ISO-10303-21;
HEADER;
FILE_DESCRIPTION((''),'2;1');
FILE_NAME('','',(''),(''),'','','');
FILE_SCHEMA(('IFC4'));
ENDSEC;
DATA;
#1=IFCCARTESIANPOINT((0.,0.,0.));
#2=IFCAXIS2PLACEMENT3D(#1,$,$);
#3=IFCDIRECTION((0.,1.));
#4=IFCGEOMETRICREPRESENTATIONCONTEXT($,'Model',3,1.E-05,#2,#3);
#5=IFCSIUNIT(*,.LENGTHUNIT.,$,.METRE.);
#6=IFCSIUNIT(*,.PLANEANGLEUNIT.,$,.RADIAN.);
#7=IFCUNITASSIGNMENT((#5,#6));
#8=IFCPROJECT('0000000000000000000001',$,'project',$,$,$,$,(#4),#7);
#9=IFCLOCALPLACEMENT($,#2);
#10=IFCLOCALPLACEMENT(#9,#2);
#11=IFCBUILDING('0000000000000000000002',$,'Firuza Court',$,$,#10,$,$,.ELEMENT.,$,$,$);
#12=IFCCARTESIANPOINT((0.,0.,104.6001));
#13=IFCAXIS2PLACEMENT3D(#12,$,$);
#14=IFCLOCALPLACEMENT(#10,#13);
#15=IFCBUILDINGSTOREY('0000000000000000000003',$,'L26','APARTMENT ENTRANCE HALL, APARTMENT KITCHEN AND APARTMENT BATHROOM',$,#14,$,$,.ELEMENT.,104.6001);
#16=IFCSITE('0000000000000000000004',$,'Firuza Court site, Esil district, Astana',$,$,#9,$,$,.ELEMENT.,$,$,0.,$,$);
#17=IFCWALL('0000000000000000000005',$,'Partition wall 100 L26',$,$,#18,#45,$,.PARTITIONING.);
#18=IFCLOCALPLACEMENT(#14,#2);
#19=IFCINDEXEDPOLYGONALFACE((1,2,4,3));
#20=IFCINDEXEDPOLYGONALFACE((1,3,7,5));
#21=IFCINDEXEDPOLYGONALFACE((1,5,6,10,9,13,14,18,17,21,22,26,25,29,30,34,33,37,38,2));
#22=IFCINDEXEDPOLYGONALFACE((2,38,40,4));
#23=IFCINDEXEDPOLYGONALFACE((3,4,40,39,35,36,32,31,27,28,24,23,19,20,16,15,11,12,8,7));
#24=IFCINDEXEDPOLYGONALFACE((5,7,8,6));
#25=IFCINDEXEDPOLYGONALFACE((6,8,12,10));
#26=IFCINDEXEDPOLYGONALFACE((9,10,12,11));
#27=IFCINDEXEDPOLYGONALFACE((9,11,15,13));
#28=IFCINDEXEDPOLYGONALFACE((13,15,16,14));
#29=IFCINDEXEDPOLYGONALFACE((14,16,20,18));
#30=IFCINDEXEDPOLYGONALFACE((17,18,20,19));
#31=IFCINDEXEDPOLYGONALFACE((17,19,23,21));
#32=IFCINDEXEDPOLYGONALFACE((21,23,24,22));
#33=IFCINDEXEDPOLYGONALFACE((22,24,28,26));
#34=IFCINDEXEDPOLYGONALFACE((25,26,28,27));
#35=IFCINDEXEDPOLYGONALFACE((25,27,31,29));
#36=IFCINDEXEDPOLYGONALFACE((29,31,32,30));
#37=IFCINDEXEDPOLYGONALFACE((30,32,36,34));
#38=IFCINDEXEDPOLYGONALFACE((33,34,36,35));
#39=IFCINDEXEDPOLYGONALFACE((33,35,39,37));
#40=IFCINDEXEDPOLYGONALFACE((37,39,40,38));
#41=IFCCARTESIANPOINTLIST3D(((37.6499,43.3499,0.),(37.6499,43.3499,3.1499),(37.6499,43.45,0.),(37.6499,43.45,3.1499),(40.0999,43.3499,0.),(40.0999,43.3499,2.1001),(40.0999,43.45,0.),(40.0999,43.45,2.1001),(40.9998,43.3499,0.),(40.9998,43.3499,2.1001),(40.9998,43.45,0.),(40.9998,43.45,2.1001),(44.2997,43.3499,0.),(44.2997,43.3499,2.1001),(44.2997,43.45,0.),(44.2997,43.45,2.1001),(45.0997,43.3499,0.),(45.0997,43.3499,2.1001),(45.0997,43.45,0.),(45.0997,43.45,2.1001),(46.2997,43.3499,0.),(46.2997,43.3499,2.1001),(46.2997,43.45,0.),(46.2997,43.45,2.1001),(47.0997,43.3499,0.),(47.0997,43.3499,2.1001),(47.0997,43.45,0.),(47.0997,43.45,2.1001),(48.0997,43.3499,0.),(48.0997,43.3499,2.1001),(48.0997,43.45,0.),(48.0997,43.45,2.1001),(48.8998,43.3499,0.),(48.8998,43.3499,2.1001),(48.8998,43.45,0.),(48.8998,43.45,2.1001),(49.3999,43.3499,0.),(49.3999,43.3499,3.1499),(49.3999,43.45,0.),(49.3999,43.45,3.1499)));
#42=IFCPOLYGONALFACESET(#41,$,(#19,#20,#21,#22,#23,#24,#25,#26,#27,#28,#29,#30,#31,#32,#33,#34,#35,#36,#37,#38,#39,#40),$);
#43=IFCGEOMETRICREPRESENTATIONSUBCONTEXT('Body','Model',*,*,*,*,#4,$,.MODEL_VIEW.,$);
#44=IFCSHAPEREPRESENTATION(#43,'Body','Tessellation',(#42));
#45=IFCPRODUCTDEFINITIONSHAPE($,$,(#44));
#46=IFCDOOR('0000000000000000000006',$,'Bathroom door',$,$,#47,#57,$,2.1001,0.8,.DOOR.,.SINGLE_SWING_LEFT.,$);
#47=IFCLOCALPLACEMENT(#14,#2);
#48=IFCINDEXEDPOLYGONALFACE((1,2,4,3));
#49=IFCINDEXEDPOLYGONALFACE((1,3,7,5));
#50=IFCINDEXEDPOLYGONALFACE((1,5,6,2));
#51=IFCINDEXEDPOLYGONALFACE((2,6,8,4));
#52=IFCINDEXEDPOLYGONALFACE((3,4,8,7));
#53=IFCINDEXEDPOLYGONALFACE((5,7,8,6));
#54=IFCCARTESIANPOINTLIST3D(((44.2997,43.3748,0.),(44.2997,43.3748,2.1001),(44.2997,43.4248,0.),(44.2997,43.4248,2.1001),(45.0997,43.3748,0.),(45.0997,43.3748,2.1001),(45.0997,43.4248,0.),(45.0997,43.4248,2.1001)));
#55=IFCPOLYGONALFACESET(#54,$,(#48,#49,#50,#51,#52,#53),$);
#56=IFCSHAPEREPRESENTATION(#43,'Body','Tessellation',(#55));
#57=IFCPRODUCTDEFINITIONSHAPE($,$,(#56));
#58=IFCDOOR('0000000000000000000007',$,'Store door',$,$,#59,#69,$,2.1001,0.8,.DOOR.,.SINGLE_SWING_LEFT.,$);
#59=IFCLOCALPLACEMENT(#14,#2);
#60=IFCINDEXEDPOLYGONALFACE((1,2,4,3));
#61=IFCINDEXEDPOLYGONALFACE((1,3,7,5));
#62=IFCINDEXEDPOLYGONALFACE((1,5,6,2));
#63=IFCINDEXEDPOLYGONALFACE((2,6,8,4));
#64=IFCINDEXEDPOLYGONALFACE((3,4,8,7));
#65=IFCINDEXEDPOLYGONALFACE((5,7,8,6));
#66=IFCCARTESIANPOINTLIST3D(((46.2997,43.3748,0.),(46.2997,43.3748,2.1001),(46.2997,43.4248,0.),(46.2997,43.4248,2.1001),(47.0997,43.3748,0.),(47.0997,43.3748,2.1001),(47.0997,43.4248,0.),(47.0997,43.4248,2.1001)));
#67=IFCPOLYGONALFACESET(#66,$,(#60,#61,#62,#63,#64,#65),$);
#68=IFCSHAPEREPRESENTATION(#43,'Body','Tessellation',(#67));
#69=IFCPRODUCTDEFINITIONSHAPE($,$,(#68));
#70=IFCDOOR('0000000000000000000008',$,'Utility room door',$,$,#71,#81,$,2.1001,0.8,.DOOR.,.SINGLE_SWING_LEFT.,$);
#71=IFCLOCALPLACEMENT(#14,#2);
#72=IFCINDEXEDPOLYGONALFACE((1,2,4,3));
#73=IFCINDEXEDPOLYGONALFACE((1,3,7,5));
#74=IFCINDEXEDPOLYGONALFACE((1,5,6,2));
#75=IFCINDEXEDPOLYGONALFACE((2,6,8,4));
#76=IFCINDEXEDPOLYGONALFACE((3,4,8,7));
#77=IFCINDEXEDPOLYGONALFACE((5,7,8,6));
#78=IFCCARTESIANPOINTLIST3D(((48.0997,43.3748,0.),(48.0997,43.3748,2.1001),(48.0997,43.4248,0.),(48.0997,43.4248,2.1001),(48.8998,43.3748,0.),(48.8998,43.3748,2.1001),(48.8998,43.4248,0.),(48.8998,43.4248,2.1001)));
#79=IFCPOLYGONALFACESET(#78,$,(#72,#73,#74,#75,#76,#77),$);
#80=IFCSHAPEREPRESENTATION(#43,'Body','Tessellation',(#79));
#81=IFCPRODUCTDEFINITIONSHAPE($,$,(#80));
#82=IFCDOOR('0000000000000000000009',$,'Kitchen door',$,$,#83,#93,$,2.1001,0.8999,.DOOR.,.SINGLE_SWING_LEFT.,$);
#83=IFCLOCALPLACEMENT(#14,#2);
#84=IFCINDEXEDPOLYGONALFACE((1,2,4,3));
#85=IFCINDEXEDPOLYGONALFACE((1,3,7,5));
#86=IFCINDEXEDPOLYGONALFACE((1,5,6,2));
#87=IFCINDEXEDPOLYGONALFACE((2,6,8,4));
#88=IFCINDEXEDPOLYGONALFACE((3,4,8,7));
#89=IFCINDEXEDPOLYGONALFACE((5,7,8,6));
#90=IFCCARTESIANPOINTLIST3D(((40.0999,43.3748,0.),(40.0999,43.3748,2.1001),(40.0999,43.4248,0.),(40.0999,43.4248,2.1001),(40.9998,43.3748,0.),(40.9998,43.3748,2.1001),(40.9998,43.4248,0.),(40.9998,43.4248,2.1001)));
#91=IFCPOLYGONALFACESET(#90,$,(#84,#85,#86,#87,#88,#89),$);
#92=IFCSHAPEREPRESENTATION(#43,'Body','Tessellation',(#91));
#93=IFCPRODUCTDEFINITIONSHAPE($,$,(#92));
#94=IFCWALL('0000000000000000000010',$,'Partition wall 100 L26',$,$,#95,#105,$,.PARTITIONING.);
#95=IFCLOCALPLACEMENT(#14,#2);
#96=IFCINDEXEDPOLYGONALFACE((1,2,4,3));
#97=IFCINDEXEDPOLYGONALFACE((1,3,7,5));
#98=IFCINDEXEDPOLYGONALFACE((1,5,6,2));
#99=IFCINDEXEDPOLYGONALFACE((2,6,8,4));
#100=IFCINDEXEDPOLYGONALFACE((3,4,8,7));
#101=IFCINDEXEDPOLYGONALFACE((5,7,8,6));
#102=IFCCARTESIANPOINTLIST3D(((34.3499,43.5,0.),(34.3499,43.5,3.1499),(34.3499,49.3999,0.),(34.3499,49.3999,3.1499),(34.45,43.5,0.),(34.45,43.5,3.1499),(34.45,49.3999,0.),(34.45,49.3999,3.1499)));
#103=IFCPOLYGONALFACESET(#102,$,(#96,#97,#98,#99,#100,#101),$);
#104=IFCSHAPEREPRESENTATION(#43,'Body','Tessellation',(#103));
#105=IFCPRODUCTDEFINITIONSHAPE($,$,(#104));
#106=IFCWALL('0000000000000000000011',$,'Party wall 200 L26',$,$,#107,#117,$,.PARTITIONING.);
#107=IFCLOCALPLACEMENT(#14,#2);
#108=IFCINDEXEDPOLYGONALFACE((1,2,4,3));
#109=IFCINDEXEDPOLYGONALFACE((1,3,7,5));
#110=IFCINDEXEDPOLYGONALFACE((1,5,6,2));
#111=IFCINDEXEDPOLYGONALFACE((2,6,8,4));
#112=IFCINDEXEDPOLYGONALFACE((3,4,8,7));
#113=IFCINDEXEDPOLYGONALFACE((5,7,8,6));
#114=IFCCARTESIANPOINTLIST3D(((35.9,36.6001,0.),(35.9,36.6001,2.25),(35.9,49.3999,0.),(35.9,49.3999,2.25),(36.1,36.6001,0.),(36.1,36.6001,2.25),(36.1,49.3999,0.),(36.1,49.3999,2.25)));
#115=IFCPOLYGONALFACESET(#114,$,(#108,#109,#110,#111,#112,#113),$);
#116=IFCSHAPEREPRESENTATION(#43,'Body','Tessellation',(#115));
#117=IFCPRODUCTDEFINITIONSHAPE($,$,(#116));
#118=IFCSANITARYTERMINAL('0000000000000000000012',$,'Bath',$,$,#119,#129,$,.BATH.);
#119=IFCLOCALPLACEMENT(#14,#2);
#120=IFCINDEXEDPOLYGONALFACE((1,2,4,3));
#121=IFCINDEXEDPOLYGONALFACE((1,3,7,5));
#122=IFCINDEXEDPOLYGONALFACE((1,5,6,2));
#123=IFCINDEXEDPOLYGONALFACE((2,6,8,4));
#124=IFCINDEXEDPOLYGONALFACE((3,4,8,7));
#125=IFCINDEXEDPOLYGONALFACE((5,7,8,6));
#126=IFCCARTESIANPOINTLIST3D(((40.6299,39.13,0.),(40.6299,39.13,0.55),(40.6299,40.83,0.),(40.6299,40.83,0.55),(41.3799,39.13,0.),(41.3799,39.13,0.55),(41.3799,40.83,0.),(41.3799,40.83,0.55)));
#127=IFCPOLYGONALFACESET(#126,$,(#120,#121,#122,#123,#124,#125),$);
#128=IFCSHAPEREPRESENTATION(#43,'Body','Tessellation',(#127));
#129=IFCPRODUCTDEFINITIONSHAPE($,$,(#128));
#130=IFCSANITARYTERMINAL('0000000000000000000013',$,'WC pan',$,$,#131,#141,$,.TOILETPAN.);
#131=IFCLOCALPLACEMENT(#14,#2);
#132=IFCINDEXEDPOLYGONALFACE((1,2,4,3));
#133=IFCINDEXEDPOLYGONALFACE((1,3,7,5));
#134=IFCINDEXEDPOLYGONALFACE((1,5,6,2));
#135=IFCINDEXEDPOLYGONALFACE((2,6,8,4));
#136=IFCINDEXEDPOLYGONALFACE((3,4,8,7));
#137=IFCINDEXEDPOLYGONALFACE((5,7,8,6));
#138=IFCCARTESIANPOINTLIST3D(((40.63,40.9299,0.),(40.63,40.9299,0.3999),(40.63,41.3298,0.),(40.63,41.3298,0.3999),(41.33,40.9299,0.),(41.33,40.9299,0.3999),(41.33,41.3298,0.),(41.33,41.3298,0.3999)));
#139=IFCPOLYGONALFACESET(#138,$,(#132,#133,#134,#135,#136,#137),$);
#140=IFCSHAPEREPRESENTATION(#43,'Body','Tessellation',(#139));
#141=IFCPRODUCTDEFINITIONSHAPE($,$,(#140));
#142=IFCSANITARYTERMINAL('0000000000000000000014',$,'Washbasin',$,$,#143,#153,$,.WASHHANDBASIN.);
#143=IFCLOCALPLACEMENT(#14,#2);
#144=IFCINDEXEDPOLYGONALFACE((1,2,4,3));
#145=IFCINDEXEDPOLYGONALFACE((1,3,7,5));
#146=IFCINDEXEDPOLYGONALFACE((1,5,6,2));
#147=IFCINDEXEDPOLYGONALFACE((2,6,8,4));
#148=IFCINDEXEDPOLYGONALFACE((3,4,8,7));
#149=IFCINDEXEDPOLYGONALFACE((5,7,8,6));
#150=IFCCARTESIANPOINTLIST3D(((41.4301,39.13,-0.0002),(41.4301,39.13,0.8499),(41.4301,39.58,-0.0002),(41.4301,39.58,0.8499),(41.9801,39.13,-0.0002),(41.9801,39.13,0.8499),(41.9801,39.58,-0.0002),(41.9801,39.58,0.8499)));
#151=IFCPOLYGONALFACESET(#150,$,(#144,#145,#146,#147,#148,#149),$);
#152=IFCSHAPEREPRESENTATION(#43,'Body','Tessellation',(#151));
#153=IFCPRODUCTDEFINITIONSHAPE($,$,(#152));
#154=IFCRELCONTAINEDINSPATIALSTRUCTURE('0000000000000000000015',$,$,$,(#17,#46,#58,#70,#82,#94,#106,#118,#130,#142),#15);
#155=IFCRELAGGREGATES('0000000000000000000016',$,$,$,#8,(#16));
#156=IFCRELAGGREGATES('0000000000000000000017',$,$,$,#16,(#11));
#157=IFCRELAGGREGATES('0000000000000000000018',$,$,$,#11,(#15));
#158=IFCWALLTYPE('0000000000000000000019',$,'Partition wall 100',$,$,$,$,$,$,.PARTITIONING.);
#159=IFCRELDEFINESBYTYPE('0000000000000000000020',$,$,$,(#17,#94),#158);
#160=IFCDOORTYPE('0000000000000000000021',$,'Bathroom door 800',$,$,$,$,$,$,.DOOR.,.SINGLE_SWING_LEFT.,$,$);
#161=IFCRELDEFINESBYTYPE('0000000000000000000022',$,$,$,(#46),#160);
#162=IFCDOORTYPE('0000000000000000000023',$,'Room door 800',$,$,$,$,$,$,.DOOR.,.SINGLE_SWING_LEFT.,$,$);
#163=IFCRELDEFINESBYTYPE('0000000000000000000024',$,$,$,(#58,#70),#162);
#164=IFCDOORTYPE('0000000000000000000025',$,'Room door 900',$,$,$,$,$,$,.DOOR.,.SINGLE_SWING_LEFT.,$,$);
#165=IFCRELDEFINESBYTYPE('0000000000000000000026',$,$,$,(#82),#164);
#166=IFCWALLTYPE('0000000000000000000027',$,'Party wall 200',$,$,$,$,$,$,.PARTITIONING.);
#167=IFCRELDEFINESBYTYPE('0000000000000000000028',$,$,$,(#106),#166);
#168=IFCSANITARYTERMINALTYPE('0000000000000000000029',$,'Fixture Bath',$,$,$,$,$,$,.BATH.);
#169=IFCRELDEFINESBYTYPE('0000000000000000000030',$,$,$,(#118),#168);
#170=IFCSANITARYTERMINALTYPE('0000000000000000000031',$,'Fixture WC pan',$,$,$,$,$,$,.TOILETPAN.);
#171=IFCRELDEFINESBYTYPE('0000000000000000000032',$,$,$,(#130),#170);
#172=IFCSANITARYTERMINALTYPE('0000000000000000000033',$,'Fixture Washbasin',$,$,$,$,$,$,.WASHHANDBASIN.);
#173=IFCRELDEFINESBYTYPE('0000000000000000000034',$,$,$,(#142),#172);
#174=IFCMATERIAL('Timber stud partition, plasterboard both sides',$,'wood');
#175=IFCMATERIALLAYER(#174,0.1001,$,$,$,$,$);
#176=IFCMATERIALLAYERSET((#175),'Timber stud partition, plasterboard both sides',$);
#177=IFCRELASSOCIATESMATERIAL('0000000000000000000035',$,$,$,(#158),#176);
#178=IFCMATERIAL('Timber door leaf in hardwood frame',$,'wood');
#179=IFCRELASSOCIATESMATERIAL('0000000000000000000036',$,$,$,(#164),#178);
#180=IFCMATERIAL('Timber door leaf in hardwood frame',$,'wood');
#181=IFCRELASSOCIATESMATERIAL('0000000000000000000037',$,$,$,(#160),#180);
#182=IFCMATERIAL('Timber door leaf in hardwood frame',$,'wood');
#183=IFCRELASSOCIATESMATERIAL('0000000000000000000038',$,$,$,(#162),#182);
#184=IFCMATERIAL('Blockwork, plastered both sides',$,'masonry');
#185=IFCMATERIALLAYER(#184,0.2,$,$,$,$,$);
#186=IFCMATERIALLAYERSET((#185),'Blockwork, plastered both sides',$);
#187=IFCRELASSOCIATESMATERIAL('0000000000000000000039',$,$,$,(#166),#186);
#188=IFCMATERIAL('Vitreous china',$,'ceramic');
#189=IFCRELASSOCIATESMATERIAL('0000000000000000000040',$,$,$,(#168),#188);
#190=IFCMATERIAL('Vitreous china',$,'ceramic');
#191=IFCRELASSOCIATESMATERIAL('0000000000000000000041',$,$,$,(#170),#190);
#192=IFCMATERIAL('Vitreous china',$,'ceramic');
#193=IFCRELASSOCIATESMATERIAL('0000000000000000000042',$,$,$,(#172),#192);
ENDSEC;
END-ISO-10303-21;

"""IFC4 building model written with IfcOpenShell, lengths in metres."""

from ifc_helpers import new_model, si_unit, direction, frame, frame_2d, origin, origin_2d, place, context, subcontext, project, spatial, rectangle, extrude, material, layer, layer_set, type_object, element, fill, save


model = new_model("IFC4")

# Units and contexts
model_context = context("Model", 3, precision=1e-05, world=origin(), true_north=direction((0.0, 1.0)))
body_context = subcontext(model_context, "Body", "Model", "MODEL_VIEW")
ifc_project = project(units=[si_unit("LENGTHUNIT", "METRE"), si_unit("PLANEANGLEUNIT", "RADIAN")], contexts=[model_context])

# Site, building, storey
site_placement = place(None, origin())
site = spatial("IfcSite", under=ifc_project, at=site_placement, Name="Firuza Court site, Esil district, Astana", CompositionType="ELEMENT", RefElevation=0.0)
building_placement = place(site_placement, origin())
building = spatial("IfcBuilding", under=site, at=building_placement, Name="Firuza Court", CompositionType="ELEMENT")
storey_placement = place(building_placement, frame((0.0, 0.0, 104.6001)))
storey = spatial("IfcBuildingStorey", under=building, at=storey_placement, Name="L26", Description="APARTMENT ENTRANCE HALL, APARTMENT KITCHEN AND APARTMENT BATHROOM", CompositionType="ELEMENT", Elevation=104.6001)

# Shared definitions
ifc_material_1 = material(Name="Timber stud partition, plasterboard both sides", Category="wood")
ifc_layer_1 = layer(ifc_material_1, 0.1001)
ifc_layer_set_1 = layer_set([ifc_layer_1], Name="Timber stud partition, plasterboard both sides")
wall_type_1 = type_object("IfcWallType", Name="Partition wall 100", PredefinedType="PARTITIONING", material=ifc_layer_set_1)

# Shared definitions
ifc_material_2 = material(Name="Timber door leaf in hardwood frame", Category="wood")
door_type_1 = type_object("IfcDoorType", Name="Room door 900", OperationType="SINGLE_SWING_LEFT", PredefinedType="DOOR", material=ifc_material_2)

# Wall, openings, doors
wall_1_placement = place(storey_placement, frame((37.6499, 43.3999, 0.0), z_axis=(0.0, 0.0, 1.0), x_axis=(1.0, 0.0, 0.0)))
wall_1 = element("IfcWall", 1, at=wall_1_placement, inside=storey, type_object=wall_type_1, Name="Partition wall 100 L26", PredefinedType="PARTITIONING", context=body_context, shape_type="SweptSolid", body=[
    extrude(rectangle(XDim=11.75, YDim=0.1001, at=frame_2d((5.875, 0.0))), origin(), (0.0, 0.0, 1.0), 3.1499),
])
opening_1_placement = place(wall_1_placement, frame((6.6499, 0.0, 0.0)))
opening_1 = element("IfcOpeningElement", 2, at=opening_1_placement, cuts=wall_1, PredefinedType="OPENING", context=body_context, shape_type="SweptSolid", body=[
    extrude(rectangle(XDim=0.8, YDim=2.1001, at=frame_2d((0.3999, 1.05))), frame((0.0, 0.062, 0.0), z_axis=(0.0, -1.0, 0.0), x_axis=(1.0, 0.0, 0.0)), (0.0, 0.0, 1.0), 0.124),
])
opening_2_placement = place(wall_1_placement, frame((2.45, 0.0, 0.0)))
opening_2 = element("IfcOpeningElement", 3, at=opening_2_placement, cuts=wall_1, PredefinedType="OPENING", context=body_context, shape_type="SweptSolid", body=[
    extrude(rectangle(XDim=0.8999, YDim=2.1001, at=frame_2d((0.45, 1.05))), frame((0.0, 0.062, 0.0), z_axis=(0.0, -1.0, 0.0), x_axis=(1.0, 0.0, 0.0)), (0.0, 0.0, 1.0), 0.124),
])
opening_3_placement = place(wall_1_placement, frame((8.6499, 0.0, 0.0)))
opening_3 = element("IfcOpeningElement", 4, at=opening_3_placement, cuts=wall_1, PredefinedType="OPENING", context=body_context, shape_type="SweptSolid", body=[
    extrude(rectangle(XDim=0.8, YDim=2.1001, at=frame_2d((0.3999, 1.05))), frame((0.0, 0.062, 0.0), z_axis=(0.0, -1.0, 0.0), x_axis=(1.0, 0.0, 0.0)), (0.0, 0.0, 1.0), 0.124),
])
opening_4_placement = place(wall_1_placement, frame((10.45, 0.0, 0.0)))
opening_4 = element("IfcOpeningElement", 5, at=opening_4_placement, cuts=wall_1, PredefinedType="OPENING", context=body_context, shape_type="SweptSolid", body=[
    extrude(rectangle(XDim=0.8, YDim=2.1001, at=frame_2d((0.3999, 1.05))), frame((0.0, 0.062, 0.0), z_axis=(0.0, -1.0, 0.0), x_axis=(1.0, 0.0, 0.0)), (0.0, 0.0, 1.0), 0.124),
])
ifc_material_3 = material(Name="Timber door leaf in hardwood frame", Category="wood")
door_type_2 = type_object("IfcDoorType", Name="Bathroom door 800", OperationType="SINGLE_SWING_LEFT", PredefinedType="DOOR", material=ifc_material_3)
door_1_placement = place(opening_1_placement, origin())
door_1 = element("IfcDoor", 6, at=door_1_placement, inside=storey, type_object=door_type_2, Name="Bathroom door", OperationType="SINGLE_SWING_LEFT", OverallHeight=2.1001, OverallWidth=0.8, PredefinedType="DOOR", context=body_context, shape_type="SweptSolid", body=[
    extrude(rectangle(XDim=0.8, YDim=2.1001, at=frame_2d((0.3999, 1.05))), frame((0.0, 0.0249, 0.0), z_axis=(0.0, -1.0, 0.0), x_axis=(1.0, 0.0, 0.0)), (0.0, 0.0, 1.0), 0.05),
])
fill(opening_1, door_1)
ifc_material_4 = material(Name="Timber door leaf in hardwood frame", Category="wood")
door_type_3 = type_object("IfcDoorType", Name="Room door 800", OperationType="SINGLE_SWING_LEFT", PredefinedType="DOOR", material=ifc_material_4)
door_2_placement = place(opening_3_placement, origin())
door_2 = element("IfcDoor", 7, at=door_2_placement, inside=storey, type_object=door_type_3, Name="Store door", OperationType="SINGLE_SWING_LEFT", OverallHeight=2.1001, OverallWidth=0.8, PredefinedType="DOOR", context=body_context, shape_type="SweptSolid", body=[
    extrude(rectangle(XDim=0.8, YDim=2.1001, at=frame_2d((0.3999, 1.05))), frame((0.0, 0.0249, 0.0), z_axis=(0.0, -1.0, 0.0), x_axis=(1.0, 0.0, 0.0)), (0.0, 0.0, 1.0), 0.05),
])
fill(opening_3, door_2)
door_3_placement = place(opening_4_placement, origin())
door_3 = element("IfcDoor", 8, at=door_3_placement, inside=storey, type_object=door_type_3, Name="Utility room door", OperationType="SINGLE_SWING_LEFT", OverallHeight=2.1001, OverallWidth=0.8, PredefinedType="DOOR", context=body_context, shape_type="SweptSolid", body=[
    extrude(rectangle(XDim=0.8, YDim=2.1001, at=frame_2d((0.3999, 1.05))), frame((0.0, 0.0249, 0.0), z_axis=(0.0, -1.0, 0.0), x_axis=(1.0, 0.0, 0.0)), (0.0, 0.0, 1.0), 0.05),
])
fill(opening_4, door_3)
door_4_placement = place(opening_2_placement, origin())
door_4 = element("IfcDoor", 9, at=door_4_placement, inside=storey, type_object=door_type_1, Name="Kitchen door", OperationType="SINGLE_SWING_LEFT", OverallHeight=2.1001, OverallWidth=0.8999, PredefinedType="DOOR", context=body_context, shape_type="SweptSolid", body=[
    extrude(rectangle(XDim=0.8999, YDim=2.1001, at=frame_2d((0.45, 1.05))), frame((0.0, 0.0249, 0.0), z_axis=(0.0, -1.0, 0.0), x_axis=(1.0, 0.0, 0.0)), (0.0, 0.0, 1.0), 0.05),
])
fill(opening_2, door_4)

# Walls
wall_2_placement = place(storey_placement, frame((34.3999, 43.5, 0.0), z_axis=(0.0, 0.0, 1.0), x_axis=(0.0, 1.0, 0.0)))
element("IfcWall", 10, at=wall_2_placement, inside=storey, type_object=wall_type_1, Name="Partition wall 100 L26", PredefinedType="PARTITIONING", context=body_context, shape_type="SweptSolid", body=[
    extrude(rectangle(XDim=5.8999, YDim=0.1001, at=frame_2d((2.95, 0.0))), origin(), (0.0, 0.0, 1.0), 3.1499),
])
ifc_material_5 = material(Name="Blockwork, plastered both sides", Category="masonry")
ifc_layer_2 = layer(ifc_material_5, 0.2)
ifc_layer_set_2 = layer_set([ifc_layer_2], Name="Blockwork, plastered both sides")
wall_type_2 = type_object("IfcWallType", Name="Party wall 200", PredefinedType="PARTITIONING", material=ifc_layer_set_2)
wall_3_placement = place(storey_placement, frame((36.0, 36.6001, 0.0), z_axis=(0.0, 0.0, 1.0), x_axis=(0.0, 1.0, 0.0)))
element("IfcWall", 11, at=wall_3_placement, inside=storey, type_object=wall_type_2, Name="Party wall 200 L26", PredefinedType="PARTITIONING", context=body_context, shape_type="SweptSolid", body=[
    extrude(rectangle(XDim=12.7998, YDim=0.2, at=frame_2d((6.3999, 0.0))), origin(), (0.0, 0.0, 1.0), 2.25),
])

# Sanitary terminals
ifc_material_6 = material(Name="Vitreous china", Category="ceramic")
sanitary_terminal_type_1 = type_object("IfcSanitaryTerminalType", Name="Fixture Bath", PredefinedType="BATH", material=ifc_material_6)
sanitary_terminal_1_placement = place(storey_placement, frame((41.0049, 39.98, 0.0), z_axis=(0.0, 0.0, 1.0), x_axis=(1.0, 0.0, 0.0)))
element("IfcSanitaryTerminal", 12, at=sanitary_terminal_1_placement, inside=storey, type_object=sanitary_terminal_type_1, Name="Bath", PredefinedType="BATH", context=body_context, shape_type="SweptSolid", body=[
    extrude(rectangle(XDim=0.75, YDim=1.7, at=origin_2d()), origin(), (0.0, 0.0, 1.0), 0.55),
])
ifc_material_7 = material(Name="Vitreous china", Category="ceramic")
sanitary_terminal_type_2 = type_object("IfcSanitaryTerminalType", Name="Fixture WC pan", PredefinedType="TOILETPAN", material=ifc_material_7)
sanitary_terminal_2_placement = place(storey_placement, frame((40.98, 41.1299, 0.0), z_axis=(0.0, 0.0, 1.0), x_axis=(1.0, 0.0, 0.0)))
element("IfcSanitaryTerminal", 13, at=sanitary_terminal_2_placement, inside=storey, type_object=sanitary_terminal_type_2, Name="WC pan", PredefinedType="TOILETPAN", context=body_context, shape_type="SweptSolid", body=[
    extrude(rectangle(XDim=0.7, YDim=0.3999, at=origin_2d()), origin(), (0.0, 0.0, 1.0), 0.3999),
])
ifc_material_8 = material(Name="Vitreous china", Category="ceramic")
sanitary_terminal_type_3 = type_object("IfcSanitaryTerminalType", Name="Fixture Washbasin", PredefinedType="WASHHANDBASIN", material=ifc_material_8)
sanitary_terminal_3_placement = place(storey_placement, frame((41.7051, 39.355, -0.0002), z_axis=(0.0, 0.0, 1.0), x_axis=(1.0, 0.0, 0.0)))
element("IfcSanitaryTerminal", 14, at=sanitary_terminal_3_placement, inside=storey, type_object=sanitary_terminal_type_3, Name="Washbasin", PredefinedType="WASHHANDBASIN", context=body_context, shape_type="SweptSolid", body=[
    extrude(rectangle(XDim=0.55, YDim=0.45, at=origin_2d()), origin(), (0.0, 0.0, 1.0), 0.8501),
])

save(model, "model.ifc")
